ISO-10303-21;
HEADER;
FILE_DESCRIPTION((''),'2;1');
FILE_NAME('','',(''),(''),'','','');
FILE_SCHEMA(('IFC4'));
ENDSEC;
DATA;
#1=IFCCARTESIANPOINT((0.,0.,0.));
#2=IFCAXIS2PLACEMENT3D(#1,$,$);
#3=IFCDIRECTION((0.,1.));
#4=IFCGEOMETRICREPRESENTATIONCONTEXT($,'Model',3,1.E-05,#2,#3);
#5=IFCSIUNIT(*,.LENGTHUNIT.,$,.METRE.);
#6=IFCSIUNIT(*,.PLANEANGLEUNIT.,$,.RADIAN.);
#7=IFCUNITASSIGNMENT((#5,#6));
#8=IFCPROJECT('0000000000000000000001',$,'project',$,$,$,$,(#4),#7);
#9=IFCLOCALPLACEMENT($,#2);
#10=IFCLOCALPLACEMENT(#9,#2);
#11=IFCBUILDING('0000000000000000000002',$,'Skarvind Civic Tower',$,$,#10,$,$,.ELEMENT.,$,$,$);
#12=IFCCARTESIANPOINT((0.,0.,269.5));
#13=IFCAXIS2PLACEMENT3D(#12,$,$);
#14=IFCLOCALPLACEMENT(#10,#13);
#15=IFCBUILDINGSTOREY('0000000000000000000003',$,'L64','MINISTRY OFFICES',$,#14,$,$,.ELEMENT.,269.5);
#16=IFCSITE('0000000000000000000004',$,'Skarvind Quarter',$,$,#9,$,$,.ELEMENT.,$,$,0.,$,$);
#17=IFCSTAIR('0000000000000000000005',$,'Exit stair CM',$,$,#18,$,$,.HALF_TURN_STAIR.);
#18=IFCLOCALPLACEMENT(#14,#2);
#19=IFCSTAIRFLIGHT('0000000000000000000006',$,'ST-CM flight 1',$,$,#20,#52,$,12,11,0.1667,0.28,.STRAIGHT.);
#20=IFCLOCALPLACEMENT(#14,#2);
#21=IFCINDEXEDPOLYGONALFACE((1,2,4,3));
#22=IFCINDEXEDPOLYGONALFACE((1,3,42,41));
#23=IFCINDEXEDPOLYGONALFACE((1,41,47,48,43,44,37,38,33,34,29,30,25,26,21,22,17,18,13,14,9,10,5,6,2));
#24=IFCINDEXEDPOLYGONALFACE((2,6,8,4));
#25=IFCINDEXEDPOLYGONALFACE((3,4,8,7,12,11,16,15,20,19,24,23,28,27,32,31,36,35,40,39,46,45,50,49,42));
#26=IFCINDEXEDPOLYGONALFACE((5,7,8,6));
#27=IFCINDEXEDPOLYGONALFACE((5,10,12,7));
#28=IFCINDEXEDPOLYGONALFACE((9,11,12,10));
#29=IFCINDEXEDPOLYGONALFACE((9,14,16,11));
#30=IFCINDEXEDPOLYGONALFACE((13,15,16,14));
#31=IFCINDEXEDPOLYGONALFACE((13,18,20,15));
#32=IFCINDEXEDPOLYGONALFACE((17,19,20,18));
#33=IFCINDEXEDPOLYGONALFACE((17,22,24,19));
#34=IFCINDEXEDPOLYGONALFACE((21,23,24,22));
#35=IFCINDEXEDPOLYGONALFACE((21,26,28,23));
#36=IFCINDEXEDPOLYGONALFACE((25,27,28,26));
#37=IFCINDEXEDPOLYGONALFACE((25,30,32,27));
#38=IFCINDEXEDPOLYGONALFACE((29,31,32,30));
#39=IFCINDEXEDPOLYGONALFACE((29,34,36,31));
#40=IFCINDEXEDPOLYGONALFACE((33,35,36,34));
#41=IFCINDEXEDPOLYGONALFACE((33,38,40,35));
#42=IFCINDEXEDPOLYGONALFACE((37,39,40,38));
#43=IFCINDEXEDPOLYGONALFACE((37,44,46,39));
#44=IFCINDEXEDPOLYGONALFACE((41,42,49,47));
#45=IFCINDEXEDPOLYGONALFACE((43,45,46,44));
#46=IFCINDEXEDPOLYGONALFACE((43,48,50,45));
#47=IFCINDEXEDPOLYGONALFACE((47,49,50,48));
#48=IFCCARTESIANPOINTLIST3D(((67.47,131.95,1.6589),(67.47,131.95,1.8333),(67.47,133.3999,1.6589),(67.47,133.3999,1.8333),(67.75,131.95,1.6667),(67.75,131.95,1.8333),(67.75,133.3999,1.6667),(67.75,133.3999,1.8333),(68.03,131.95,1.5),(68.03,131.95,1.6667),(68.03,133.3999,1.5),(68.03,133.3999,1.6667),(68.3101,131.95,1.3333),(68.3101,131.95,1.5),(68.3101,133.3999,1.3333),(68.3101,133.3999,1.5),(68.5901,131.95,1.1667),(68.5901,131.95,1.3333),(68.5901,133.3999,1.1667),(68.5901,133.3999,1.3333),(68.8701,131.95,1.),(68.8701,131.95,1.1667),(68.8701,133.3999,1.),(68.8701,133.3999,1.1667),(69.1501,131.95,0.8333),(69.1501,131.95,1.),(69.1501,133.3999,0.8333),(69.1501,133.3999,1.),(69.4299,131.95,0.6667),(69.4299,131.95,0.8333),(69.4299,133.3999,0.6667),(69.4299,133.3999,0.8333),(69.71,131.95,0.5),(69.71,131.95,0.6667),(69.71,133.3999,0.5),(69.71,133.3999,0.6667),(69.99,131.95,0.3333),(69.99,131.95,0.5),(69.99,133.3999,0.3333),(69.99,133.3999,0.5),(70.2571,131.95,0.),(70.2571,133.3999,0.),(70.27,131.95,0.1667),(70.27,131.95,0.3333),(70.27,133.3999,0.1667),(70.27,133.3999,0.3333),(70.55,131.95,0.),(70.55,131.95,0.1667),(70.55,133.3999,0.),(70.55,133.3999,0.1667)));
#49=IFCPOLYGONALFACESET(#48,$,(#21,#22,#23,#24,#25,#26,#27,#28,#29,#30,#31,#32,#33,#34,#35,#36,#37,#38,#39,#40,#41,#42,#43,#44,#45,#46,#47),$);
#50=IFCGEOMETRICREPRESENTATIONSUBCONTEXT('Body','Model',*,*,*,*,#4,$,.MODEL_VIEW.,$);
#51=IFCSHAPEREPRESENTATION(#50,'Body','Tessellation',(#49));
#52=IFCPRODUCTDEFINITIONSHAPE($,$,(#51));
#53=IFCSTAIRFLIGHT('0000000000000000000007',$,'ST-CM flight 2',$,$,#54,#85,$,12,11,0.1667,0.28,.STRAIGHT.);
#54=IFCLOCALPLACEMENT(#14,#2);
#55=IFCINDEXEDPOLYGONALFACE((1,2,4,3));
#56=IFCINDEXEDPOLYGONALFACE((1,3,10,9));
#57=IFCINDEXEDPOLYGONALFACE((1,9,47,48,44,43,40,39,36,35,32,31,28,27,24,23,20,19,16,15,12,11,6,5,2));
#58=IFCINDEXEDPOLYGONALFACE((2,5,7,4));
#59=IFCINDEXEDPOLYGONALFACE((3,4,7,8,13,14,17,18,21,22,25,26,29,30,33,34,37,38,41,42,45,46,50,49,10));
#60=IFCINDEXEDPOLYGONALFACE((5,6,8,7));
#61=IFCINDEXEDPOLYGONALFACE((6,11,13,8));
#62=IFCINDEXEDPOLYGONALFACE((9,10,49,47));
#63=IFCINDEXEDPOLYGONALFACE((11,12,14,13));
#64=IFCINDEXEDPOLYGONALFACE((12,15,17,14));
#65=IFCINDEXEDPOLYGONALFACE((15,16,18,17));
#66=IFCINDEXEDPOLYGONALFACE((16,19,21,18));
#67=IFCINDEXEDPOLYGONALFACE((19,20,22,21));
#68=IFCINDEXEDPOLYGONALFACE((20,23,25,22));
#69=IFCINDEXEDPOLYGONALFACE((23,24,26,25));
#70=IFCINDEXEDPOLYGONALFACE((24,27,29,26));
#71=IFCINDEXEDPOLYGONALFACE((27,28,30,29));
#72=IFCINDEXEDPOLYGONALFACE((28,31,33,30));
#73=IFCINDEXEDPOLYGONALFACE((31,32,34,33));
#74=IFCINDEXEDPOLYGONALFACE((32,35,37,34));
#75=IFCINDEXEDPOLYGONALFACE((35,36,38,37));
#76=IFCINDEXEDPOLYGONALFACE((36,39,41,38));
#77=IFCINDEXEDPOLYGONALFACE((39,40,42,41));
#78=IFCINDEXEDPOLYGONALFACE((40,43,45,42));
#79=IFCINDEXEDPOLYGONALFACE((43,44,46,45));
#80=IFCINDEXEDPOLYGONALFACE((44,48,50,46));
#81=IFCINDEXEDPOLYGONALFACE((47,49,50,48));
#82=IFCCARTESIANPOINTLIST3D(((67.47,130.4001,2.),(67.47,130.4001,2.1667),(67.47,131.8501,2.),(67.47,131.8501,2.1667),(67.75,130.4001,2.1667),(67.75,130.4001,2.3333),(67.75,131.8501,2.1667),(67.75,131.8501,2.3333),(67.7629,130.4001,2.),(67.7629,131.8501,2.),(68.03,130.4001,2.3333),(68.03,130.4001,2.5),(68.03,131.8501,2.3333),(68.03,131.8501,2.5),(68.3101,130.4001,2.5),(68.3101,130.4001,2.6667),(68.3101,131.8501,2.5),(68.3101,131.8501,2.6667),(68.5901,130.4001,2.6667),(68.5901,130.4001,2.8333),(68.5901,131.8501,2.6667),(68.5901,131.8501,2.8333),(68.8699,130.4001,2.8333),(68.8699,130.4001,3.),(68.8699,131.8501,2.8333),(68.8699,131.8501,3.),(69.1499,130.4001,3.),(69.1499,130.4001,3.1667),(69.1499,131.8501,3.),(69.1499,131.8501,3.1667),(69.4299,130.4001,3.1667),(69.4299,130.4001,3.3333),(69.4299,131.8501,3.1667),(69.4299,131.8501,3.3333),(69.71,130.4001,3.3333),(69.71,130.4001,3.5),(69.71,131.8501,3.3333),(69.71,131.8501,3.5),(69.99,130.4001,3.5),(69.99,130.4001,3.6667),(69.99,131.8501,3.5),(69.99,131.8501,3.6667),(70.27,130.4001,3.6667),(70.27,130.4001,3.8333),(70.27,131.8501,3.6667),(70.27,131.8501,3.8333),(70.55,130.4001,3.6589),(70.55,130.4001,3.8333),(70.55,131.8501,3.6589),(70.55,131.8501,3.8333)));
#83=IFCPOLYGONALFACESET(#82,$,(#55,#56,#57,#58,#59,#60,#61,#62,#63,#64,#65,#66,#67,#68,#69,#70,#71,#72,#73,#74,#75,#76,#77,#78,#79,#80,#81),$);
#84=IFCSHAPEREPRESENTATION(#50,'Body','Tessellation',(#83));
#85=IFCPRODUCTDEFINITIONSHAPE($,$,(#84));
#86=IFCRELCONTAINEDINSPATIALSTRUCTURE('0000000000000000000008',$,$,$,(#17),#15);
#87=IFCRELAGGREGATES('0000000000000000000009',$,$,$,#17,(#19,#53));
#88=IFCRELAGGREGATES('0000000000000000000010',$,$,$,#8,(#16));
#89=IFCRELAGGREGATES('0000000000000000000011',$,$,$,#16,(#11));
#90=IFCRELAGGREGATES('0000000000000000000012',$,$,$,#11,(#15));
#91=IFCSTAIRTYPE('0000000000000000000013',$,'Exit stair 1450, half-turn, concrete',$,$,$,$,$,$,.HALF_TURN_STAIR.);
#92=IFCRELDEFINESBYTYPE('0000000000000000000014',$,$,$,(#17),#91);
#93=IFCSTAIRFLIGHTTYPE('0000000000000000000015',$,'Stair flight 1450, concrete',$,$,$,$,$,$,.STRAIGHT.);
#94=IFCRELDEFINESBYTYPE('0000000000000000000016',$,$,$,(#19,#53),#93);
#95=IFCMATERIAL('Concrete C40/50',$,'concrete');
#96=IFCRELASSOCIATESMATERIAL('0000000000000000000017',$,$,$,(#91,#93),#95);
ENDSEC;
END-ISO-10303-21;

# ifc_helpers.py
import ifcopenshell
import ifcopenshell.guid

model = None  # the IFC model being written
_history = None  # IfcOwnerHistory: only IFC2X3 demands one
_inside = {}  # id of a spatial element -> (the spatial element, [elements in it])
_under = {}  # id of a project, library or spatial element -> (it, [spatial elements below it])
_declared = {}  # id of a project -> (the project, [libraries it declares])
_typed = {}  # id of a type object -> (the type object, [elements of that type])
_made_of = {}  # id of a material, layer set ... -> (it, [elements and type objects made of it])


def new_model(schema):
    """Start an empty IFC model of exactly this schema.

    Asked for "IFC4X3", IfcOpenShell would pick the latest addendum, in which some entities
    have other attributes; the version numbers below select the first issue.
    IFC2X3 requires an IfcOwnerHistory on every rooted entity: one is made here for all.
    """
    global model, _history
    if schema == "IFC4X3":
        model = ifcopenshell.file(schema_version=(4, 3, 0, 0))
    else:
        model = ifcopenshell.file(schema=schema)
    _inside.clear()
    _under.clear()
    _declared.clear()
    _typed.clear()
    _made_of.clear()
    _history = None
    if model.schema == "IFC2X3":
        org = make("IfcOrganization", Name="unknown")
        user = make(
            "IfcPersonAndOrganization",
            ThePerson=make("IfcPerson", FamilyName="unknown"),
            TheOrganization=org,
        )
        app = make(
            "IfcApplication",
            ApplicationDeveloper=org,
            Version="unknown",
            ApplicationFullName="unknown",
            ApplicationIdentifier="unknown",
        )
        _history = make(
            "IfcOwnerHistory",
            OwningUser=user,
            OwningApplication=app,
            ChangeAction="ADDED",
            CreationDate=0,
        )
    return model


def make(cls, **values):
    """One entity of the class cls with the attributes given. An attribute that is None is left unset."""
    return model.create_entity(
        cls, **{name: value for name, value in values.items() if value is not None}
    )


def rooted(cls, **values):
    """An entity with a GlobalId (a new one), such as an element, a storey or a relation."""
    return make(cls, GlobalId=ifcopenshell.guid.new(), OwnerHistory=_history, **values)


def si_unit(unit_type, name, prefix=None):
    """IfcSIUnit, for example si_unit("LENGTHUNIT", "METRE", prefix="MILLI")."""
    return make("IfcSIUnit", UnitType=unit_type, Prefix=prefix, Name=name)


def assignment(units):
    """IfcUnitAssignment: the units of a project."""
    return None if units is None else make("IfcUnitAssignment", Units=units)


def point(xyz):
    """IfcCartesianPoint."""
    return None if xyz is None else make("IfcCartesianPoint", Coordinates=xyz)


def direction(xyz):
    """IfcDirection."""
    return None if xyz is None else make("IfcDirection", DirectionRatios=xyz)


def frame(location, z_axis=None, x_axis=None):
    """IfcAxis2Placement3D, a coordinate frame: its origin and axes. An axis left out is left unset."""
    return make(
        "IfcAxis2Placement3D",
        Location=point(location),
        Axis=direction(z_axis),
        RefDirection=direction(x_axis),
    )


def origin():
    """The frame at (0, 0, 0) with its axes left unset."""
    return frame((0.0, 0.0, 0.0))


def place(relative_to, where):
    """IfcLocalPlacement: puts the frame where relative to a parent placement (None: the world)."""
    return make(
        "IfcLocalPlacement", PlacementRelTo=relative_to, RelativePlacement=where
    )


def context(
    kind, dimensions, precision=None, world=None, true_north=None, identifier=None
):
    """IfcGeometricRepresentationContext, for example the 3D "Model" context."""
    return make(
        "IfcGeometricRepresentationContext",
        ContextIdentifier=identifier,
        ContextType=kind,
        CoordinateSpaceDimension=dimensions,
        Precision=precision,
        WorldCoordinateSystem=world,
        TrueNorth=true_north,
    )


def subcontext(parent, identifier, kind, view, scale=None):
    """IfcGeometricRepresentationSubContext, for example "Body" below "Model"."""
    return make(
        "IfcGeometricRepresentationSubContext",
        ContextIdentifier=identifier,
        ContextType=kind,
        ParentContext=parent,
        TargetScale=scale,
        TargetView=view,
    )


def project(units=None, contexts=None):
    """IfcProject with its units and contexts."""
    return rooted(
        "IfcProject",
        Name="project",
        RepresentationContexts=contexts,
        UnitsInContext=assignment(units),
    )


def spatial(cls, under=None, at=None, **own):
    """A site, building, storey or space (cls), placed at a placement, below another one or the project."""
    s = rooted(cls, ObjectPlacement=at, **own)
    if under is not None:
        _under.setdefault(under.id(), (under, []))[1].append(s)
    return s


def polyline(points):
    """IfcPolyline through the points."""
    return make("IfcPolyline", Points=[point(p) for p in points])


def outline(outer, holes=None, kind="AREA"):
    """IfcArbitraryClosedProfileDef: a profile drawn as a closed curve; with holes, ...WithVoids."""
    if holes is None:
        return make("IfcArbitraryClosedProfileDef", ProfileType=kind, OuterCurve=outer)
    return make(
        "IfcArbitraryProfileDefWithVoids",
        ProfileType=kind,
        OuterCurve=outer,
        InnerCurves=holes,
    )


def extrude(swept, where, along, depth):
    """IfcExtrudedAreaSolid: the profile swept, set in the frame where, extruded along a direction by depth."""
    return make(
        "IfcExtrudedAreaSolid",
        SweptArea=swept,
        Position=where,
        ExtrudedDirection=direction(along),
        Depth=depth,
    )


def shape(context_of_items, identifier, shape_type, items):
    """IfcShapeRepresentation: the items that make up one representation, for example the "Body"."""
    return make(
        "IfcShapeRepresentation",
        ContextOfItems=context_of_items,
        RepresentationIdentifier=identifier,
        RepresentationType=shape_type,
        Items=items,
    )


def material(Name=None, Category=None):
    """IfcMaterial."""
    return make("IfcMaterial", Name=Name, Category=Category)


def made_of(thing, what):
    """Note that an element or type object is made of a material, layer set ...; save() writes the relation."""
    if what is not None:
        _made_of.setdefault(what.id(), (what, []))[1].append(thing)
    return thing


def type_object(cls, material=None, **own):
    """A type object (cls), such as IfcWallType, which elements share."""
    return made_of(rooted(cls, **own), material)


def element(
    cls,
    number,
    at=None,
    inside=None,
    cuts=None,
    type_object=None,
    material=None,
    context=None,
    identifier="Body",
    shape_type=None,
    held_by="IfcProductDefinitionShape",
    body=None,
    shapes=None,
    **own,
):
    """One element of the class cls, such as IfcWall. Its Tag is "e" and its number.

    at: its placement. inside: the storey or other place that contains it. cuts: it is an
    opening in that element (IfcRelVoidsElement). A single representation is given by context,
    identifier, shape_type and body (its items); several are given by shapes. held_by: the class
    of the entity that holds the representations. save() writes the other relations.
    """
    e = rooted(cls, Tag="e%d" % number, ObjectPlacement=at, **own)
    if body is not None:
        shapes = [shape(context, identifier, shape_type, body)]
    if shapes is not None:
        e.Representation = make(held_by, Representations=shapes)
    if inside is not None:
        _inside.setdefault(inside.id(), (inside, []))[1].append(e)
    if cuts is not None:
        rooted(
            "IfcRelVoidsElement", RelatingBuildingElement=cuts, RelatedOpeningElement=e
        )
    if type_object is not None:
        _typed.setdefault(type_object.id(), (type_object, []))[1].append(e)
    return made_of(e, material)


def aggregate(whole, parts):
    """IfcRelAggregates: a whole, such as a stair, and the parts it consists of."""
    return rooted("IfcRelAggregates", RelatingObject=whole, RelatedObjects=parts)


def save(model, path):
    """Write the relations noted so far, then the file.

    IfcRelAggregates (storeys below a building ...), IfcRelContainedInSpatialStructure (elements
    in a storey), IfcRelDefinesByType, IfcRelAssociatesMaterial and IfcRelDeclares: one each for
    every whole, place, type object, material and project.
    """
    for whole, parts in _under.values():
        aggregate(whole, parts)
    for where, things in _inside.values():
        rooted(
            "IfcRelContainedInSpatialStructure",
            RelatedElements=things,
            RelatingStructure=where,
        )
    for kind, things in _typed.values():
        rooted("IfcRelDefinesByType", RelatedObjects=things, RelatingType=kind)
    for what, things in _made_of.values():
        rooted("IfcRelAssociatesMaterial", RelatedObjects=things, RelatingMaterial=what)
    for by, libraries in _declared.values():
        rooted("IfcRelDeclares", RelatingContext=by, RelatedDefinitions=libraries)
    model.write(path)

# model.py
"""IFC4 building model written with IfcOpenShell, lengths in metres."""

from ifc_helpers import new_model, si_unit, direction, frame, origin, place, context, subcontext, project, spatial, polyline, outline, extrude, material, type_object, element, aggregate, save


model = new_model("IFC4")

# Units and contexts
model_context = context("Model", 3, precision=1e-05, world=origin(), true_north=direction((0.0, 1.0)))
body_context = subcontext(model_context, "Body", "Model", "MODEL_VIEW")
ifc_project = project(units=[si_unit("LENGTHUNIT", "METRE"), si_unit("PLANEANGLEUNIT", "RADIAN")], contexts=[model_context])

# Site, building, storey
site_placement = place(None, origin())
site = spatial("IfcSite", under=ifc_project, at=site_placement, Name="Skarvind Quarter", CompositionType="ELEMENT", RefElevation=0.0)
building_placement = place(site_placement, origin())
building = spatial("IfcBuilding", under=site, at=building_placement, Name="Skarvind Civic Tower", CompositionType="ELEMENT")
storey_placement = place(building_placement, frame((0.0, 0.0, 269.5)))
storey = spatial("IfcBuildingStorey", under=building, at=storey_placement, Name="L64", Description="MINISTRY OFFICES", CompositionType="ELEMENT", Elevation=269.5)

# Stair, stair flights
ifc_material_1 = material(Name="Concrete C40/50", Category="concrete")
stair_type = type_object("IfcStairType", Name="Exit stair 1450, half-turn, concrete", PredefinedType="HALF_TURN_STAIR", material=ifc_material_1)
stair_placement = place(storey_placement, origin())
stair = element("IfcStair", 1, at=stair_placement, inside=storey, type_object=stair_type, Name="Exit stair CM", PredefinedType="HALF_TURN_STAIR")
stair_flight_type = type_object("IfcStairFlightType", Name="Stair flight 1450, concrete", PredefinedType="STRAIGHT", material=ifc_material_1)
stair_flight_1_placement = place(storey_placement, frame((70.55, 132.675, 0.0), z_axis=(0.0, 0.0, 1.0), x_axis=(-1.0, 0.0, 0.0)))
stair_flight_1 = element("IfcStairFlight", 2, at=stair_flight_1_placement, type_object=stair_flight_type, Name="ST-CM flight 1", NumberOfRisers=12, NumberOfTreads=11, PredefinedType="STRAIGHT", RiserHeight=0.1667, TreadLength=0.28, context=body_context, shape_type="SweptSolid", body=[
    extrude(outline(polyline([(0.0, 0.0), (0.0, 0.1667), (0.28, 0.1667), (0.28, 0.3333), (0.5601, 0.3333), (0.5601, 0.5), (0.8401, 0.5), (0.8401, 0.6667), (1.1201, 0.6667), (1.1201, 0.8333), (1.3999, 0.8333), (1.3999, 1.0), (1.6799, 1.0), (1.6799, 1.1667), (1.96, 1.1667), (1.96, 1.3333), (2.24, 1.3333), (2.24, 1.5), (2.52, 1.5), (2.52, 1.6667), (2.8, 1.6667), (2.8, 1.8333), (3.0801, 1.8333), (3.0801, 2.0), (3.0801, 1.6589), (0.293, 0.0), (0.0, 0.0)])), frame((0.0, 0.7251, 0.0), z_axis=(0.0, -1.0, 0.0), x_axis=(1.0, 0.0, 0.0)), (0.0, 0.0, 1.0), 1.45),
])
stair_flight_2_placement = place(storey_placement, frame((67.47, 131.125, 2.0), z_axis=(0.0, 0.0, 1.0), x_axis=(1.0, 0.0, 0.0)))
stair_flight_2 = element("IfcStairFlight", 3, at=stair_flight_2_placement, type_object=stair_flight_type, Name="ST-CM flight 2", NumberOfRisers=12, NumberOfTreads=11, PredefinedType="STRAIGHT", RiserHeight=0.1667, TreadLength=0.28, context=body_context, shape_type="SweptSolid", body=[
    extrude(outline(polyline([(0.0, 0.0), (0.0, 0.1667), (0.28, 0.1667), (0.28, 0.3333), (0.5601, 0.3333), (0.5601, 0.5), (0.8401, 0.5), (0.8401, 0.6667), (1.1201, 0.6667), (1.1201, 0.8333), (1.3999, 0.8333), (1.3999, 1.0), (1.6799, 1.0), (1.6799, 1.1667), (1.96, 1.1667), (1.96, 1.3333), (2.24, 1.3333), (2.24, 1.5), (2.52, 1.5), (2.52, 1.6667), (2.8, 1.6667), (2.8, 1.8333), (3.0801, 1.8333), (3.0801, 2.0), (3.0801, 1.6589), (0.293, 0.0), (0.0, 0.0)])), frame((0.0, 0.7251, 0.0), z_axis=(0.0, -1.0, 0.0), x_axis=(1.0, 0.0, 0.0)), (0.0, 0.0, 1.0), 1.45),
])
aggregate(stair, [stair_flight_1, stair_flight_2])

save(model, "model.ifc")
